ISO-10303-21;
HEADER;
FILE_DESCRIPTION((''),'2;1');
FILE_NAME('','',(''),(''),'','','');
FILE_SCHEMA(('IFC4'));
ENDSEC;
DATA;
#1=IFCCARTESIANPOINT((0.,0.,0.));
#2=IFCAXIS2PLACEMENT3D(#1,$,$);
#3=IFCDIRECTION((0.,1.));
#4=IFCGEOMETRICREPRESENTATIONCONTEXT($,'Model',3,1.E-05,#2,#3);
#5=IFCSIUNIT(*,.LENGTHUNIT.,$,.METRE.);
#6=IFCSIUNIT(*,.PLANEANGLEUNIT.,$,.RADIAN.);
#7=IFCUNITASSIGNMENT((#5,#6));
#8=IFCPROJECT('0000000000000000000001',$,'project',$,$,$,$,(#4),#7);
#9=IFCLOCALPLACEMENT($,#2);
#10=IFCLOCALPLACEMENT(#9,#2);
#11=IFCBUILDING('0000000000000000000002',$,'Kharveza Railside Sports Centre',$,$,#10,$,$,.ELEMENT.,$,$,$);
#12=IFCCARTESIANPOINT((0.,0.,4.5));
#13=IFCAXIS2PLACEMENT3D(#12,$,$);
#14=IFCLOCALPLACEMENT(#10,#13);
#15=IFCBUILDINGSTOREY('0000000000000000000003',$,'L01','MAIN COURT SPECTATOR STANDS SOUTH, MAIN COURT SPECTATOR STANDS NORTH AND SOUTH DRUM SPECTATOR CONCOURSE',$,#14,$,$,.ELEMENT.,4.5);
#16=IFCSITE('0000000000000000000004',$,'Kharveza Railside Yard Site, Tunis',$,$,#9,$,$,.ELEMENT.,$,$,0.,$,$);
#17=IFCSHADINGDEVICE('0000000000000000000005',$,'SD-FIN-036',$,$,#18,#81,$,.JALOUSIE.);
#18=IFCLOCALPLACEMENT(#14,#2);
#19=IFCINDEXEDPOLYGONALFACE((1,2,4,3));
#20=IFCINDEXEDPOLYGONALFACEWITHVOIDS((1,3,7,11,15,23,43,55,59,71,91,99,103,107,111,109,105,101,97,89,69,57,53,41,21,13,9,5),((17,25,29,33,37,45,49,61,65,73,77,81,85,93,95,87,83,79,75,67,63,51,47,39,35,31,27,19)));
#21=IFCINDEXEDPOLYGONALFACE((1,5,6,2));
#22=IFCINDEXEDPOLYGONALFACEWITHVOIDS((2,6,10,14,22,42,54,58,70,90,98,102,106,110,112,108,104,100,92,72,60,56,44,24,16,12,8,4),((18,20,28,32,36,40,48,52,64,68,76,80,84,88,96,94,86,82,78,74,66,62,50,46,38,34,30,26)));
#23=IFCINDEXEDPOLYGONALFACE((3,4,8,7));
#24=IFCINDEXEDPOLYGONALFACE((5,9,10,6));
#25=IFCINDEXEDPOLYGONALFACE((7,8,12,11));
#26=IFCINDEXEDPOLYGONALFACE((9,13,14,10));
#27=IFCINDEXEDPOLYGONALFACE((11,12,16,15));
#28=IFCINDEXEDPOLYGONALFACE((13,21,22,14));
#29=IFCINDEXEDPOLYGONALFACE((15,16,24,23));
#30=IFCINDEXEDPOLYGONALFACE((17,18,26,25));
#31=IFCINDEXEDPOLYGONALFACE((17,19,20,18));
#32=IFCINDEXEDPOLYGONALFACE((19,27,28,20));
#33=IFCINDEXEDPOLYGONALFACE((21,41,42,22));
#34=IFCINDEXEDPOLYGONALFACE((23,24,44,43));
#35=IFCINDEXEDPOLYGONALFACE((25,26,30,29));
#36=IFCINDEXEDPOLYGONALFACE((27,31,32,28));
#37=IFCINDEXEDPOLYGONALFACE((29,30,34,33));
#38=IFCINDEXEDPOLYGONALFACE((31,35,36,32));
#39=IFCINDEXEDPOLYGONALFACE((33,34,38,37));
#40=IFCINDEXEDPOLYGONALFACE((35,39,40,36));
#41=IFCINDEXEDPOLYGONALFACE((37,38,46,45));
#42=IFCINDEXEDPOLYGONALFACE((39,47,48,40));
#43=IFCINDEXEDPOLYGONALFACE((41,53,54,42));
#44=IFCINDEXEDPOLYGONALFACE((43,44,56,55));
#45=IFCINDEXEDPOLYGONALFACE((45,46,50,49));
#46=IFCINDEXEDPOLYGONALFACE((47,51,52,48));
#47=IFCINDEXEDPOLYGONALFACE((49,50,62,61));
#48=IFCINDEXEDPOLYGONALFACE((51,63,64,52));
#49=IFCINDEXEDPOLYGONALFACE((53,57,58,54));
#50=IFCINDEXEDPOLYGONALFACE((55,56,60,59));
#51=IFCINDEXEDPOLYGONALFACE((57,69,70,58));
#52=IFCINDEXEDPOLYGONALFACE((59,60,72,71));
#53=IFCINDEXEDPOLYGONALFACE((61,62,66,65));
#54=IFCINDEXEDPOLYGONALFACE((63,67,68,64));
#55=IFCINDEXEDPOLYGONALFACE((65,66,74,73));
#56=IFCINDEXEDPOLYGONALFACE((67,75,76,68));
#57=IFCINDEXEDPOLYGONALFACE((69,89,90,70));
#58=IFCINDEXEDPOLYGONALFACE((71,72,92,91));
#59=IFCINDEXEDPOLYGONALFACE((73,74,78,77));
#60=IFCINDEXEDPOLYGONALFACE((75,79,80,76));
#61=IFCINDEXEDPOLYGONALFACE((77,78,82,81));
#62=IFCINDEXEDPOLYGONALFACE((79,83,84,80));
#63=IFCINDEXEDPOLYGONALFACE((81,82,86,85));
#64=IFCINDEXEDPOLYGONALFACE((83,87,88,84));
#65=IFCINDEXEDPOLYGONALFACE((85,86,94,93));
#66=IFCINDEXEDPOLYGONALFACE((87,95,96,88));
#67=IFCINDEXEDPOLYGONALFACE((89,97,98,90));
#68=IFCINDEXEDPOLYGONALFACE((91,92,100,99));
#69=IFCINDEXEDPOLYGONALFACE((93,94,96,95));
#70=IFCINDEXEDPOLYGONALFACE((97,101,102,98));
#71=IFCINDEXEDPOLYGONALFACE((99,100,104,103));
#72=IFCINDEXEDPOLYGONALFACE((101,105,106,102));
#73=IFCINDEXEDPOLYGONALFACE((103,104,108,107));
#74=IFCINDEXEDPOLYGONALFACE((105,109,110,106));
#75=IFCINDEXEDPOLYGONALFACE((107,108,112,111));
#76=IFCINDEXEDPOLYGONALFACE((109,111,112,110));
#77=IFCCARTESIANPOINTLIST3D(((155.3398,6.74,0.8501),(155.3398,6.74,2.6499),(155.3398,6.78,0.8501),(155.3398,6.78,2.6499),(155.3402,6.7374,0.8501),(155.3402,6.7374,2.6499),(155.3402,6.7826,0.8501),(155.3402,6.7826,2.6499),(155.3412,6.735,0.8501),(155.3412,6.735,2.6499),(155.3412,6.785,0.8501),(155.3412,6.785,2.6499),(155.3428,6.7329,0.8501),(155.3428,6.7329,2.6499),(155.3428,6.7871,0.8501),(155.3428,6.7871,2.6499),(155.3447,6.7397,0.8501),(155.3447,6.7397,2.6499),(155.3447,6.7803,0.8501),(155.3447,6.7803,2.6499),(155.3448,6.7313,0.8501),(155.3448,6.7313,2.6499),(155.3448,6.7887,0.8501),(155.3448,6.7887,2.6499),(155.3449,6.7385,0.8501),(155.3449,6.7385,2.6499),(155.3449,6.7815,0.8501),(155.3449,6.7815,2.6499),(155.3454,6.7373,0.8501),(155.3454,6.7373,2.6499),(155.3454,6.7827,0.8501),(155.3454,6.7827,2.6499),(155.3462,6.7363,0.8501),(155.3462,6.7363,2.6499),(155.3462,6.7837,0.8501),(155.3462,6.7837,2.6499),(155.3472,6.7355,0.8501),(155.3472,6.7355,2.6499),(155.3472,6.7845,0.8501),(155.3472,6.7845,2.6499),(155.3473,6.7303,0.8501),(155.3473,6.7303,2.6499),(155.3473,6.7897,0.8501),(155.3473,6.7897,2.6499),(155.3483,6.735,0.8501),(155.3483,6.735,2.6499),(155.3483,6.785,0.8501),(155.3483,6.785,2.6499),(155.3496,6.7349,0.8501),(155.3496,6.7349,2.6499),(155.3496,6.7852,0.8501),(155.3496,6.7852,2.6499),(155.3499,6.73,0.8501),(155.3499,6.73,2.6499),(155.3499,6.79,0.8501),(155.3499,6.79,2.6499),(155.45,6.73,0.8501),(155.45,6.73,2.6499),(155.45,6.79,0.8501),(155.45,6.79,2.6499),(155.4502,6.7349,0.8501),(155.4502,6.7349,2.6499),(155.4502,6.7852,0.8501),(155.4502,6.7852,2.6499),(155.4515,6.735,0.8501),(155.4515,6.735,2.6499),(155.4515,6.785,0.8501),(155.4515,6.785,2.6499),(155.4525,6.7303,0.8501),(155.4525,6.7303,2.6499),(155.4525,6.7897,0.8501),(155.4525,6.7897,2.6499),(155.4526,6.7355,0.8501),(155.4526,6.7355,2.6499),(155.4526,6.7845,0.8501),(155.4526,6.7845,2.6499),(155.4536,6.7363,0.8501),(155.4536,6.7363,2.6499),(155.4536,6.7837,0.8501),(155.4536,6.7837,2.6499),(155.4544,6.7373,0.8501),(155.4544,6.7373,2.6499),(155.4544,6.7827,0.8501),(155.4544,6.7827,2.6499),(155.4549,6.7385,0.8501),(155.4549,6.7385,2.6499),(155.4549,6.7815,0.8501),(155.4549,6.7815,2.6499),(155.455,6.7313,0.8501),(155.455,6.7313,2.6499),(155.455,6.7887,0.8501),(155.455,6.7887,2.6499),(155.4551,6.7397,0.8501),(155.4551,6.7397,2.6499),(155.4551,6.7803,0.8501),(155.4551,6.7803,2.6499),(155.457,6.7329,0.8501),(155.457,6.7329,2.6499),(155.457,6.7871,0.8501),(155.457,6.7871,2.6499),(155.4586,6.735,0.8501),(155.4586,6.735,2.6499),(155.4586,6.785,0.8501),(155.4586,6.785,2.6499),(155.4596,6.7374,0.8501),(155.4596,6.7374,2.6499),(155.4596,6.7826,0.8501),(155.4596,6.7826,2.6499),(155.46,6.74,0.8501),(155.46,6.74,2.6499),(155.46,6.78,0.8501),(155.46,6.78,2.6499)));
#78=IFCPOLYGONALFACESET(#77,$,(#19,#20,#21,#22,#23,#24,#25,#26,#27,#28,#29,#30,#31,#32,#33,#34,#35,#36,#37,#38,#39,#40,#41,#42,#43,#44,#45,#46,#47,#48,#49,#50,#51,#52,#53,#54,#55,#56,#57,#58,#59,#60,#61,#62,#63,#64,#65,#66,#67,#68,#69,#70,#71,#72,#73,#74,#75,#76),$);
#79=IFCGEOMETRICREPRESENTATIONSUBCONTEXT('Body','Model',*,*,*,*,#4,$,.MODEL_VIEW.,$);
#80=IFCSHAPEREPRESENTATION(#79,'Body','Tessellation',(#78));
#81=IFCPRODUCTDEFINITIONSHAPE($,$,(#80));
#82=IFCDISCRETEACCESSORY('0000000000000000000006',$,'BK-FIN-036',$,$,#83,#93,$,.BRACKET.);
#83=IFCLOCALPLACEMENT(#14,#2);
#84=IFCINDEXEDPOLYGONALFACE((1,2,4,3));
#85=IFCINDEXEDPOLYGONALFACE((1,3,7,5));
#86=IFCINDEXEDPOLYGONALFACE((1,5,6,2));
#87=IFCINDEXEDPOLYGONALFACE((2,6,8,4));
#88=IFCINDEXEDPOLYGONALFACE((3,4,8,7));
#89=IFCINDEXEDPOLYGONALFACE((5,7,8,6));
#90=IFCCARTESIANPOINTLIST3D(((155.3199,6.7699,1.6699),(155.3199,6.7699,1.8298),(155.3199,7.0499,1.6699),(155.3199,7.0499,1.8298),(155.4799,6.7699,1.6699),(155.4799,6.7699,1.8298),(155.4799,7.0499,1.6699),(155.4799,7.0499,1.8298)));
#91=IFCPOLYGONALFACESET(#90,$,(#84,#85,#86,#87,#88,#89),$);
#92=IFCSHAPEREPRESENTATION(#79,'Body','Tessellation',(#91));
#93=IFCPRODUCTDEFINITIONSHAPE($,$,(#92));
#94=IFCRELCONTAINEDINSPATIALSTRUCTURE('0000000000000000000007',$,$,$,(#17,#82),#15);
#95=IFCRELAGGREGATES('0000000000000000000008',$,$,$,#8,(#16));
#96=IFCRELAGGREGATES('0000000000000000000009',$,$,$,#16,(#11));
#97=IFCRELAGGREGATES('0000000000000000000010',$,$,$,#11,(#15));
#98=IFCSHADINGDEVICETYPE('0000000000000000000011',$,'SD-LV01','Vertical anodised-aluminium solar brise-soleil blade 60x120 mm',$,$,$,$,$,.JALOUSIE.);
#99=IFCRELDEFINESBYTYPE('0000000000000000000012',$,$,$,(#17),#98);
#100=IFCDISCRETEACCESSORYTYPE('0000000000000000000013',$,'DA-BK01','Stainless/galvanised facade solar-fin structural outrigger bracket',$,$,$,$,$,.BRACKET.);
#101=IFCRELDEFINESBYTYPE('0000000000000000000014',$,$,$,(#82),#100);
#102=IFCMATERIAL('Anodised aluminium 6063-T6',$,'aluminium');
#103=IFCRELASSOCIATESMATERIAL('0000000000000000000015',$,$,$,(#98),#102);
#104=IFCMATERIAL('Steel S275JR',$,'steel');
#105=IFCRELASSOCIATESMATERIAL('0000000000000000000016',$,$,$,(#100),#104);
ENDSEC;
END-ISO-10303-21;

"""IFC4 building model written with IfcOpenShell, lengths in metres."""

from ifc_helpers import new_model, si_unit, direction, frame, origin, origin_2d, place, context, subcontext, project, spatial, rectangle, hollow_rectangle, extrude, material, material_profile, profile_set, type_object, element, save


model = new_model("IFC4")

# Units and contexts
model_context = context("Model", 3, precision=1e-05, world=origin(), true_north=direction((0.0, 1.0)))
body_context = subcontext(model_context, "Body", "Model", "MODEL_VIEW")
ifc_project = project(units=[si_unit("LENGTHUNIT", "METRE"), si_unit("PLANEANGLEUNIT", "RADIAN")], contexts=[model_context])

# Site, building, storey
site_placement = place(None, origin())
site = spatial("IfcSite", under=ifc_project, at=site_placement, Name="Kharveza Railside Yard Site, Tunis", CompositionType="ELEMENT", RefElevation=0.0)
building_placement = place(site_placement, origin())
building = spatial("IfcBuilding", under=site, at=building_placement, Name="Kharveza Railside Sports Centre", CompositionType="ELEMENT")
storey_placement = place(building_placement, frame((0.0, 0.0, 4.5)))
storey = spatial("IfcBuildingStorey", under=building, at=storey_placement, Name="L01", Description="MAIN COURT SPECTATOR STANDS SOUTH, MAIN COURT SPECTATOR STANDS NORTH AND SOUTH DRUM SPECTATOR CONCOURSE", CompositionType="ELEMENT", Elevation=4.5)

# Shared definitions
ifc_material_1 = material(Name="Steel S275JR", Category="steel")

# Shading device
ifc_material_2 = material(Name="Anodised aluminium 6063-T6", Category="aluminium")
ifc_material_profile_1 = material_profile(ifc_material_2, hollow_rectangle(XDim=0.0601, YDim=0.1201, WallThickness=0.0049, InnerFilletRadius=0.0049, OuterFilletRadius=0.01, at=origin_2d()), Name="RHS 60x120x5.0")
ifc_profile_set_1 = profile_set([ifc_material_profile_1], Name="Anodised aluminium 6063-T6")
shading_device_type = type_object("IfcShadingDeviceType", Name="SD-LV01", Description="Vertical anodised-aluminium solar brise-soleil blade 60x120 mm", PredefinedType="JALOUSIE", material=ifc_profile_set_1)
shading_device_placement = place(storey_placement, frame((155.3999, 6.76, 0.8501), z_axis=(0.0, 0.0, 1.0), x_axis=(0.0, -1.0, 0.0)))
element("IfcShadingDevice", 1, at=shading_device_placement, inside=storey, type_object=shading_device_type, Name="SD-FIN-036", PredefinedType="JALOUSIE", context=body_context, shape_type="SweptSolid", body=[
    extrude(hollow_rectangle(XDim=0.0601, YDim=0.1201, WallThickness=0.0049, InnerFilletRadius=0.0049, OuterFilletRadius=0.01, at=origin_2d()), origin(), (0.0, 0.0, 1.0), 1.7998),
])

# Discrete accessory
discrete_accessory_type = type_object("IfcDiscreteAccessoryType", Name="DA-BK01", Description="Stainless/galvanised facade solar-fin structural outrigger bracket", PredefinedType="BRACKET", material=ifc_material_1)
discrete_accessory_placement = place(storey_placement, frame((155.3999, 6.9099, 1.6699), z_axis=(0.0, 0.0, 1.0), x_axis=(0.0, -1.0, 0.0)))
element("IfcDiscreteAccessory", 2, at=discrete_accessory_placement, inside=storey, type_object=discrete_accessory_type, Name="BK-FIN-036", PredefinedType="BRACKET", context=body_context, shape_type="SweptSolid", body=[
    extrude(rectangle(XDim=0.28, YDim=0.1599, at=origin_2d()), origin(), (0.0, 0.0, 1.0), 0.1599),
])

save(model, "model.ifc")
